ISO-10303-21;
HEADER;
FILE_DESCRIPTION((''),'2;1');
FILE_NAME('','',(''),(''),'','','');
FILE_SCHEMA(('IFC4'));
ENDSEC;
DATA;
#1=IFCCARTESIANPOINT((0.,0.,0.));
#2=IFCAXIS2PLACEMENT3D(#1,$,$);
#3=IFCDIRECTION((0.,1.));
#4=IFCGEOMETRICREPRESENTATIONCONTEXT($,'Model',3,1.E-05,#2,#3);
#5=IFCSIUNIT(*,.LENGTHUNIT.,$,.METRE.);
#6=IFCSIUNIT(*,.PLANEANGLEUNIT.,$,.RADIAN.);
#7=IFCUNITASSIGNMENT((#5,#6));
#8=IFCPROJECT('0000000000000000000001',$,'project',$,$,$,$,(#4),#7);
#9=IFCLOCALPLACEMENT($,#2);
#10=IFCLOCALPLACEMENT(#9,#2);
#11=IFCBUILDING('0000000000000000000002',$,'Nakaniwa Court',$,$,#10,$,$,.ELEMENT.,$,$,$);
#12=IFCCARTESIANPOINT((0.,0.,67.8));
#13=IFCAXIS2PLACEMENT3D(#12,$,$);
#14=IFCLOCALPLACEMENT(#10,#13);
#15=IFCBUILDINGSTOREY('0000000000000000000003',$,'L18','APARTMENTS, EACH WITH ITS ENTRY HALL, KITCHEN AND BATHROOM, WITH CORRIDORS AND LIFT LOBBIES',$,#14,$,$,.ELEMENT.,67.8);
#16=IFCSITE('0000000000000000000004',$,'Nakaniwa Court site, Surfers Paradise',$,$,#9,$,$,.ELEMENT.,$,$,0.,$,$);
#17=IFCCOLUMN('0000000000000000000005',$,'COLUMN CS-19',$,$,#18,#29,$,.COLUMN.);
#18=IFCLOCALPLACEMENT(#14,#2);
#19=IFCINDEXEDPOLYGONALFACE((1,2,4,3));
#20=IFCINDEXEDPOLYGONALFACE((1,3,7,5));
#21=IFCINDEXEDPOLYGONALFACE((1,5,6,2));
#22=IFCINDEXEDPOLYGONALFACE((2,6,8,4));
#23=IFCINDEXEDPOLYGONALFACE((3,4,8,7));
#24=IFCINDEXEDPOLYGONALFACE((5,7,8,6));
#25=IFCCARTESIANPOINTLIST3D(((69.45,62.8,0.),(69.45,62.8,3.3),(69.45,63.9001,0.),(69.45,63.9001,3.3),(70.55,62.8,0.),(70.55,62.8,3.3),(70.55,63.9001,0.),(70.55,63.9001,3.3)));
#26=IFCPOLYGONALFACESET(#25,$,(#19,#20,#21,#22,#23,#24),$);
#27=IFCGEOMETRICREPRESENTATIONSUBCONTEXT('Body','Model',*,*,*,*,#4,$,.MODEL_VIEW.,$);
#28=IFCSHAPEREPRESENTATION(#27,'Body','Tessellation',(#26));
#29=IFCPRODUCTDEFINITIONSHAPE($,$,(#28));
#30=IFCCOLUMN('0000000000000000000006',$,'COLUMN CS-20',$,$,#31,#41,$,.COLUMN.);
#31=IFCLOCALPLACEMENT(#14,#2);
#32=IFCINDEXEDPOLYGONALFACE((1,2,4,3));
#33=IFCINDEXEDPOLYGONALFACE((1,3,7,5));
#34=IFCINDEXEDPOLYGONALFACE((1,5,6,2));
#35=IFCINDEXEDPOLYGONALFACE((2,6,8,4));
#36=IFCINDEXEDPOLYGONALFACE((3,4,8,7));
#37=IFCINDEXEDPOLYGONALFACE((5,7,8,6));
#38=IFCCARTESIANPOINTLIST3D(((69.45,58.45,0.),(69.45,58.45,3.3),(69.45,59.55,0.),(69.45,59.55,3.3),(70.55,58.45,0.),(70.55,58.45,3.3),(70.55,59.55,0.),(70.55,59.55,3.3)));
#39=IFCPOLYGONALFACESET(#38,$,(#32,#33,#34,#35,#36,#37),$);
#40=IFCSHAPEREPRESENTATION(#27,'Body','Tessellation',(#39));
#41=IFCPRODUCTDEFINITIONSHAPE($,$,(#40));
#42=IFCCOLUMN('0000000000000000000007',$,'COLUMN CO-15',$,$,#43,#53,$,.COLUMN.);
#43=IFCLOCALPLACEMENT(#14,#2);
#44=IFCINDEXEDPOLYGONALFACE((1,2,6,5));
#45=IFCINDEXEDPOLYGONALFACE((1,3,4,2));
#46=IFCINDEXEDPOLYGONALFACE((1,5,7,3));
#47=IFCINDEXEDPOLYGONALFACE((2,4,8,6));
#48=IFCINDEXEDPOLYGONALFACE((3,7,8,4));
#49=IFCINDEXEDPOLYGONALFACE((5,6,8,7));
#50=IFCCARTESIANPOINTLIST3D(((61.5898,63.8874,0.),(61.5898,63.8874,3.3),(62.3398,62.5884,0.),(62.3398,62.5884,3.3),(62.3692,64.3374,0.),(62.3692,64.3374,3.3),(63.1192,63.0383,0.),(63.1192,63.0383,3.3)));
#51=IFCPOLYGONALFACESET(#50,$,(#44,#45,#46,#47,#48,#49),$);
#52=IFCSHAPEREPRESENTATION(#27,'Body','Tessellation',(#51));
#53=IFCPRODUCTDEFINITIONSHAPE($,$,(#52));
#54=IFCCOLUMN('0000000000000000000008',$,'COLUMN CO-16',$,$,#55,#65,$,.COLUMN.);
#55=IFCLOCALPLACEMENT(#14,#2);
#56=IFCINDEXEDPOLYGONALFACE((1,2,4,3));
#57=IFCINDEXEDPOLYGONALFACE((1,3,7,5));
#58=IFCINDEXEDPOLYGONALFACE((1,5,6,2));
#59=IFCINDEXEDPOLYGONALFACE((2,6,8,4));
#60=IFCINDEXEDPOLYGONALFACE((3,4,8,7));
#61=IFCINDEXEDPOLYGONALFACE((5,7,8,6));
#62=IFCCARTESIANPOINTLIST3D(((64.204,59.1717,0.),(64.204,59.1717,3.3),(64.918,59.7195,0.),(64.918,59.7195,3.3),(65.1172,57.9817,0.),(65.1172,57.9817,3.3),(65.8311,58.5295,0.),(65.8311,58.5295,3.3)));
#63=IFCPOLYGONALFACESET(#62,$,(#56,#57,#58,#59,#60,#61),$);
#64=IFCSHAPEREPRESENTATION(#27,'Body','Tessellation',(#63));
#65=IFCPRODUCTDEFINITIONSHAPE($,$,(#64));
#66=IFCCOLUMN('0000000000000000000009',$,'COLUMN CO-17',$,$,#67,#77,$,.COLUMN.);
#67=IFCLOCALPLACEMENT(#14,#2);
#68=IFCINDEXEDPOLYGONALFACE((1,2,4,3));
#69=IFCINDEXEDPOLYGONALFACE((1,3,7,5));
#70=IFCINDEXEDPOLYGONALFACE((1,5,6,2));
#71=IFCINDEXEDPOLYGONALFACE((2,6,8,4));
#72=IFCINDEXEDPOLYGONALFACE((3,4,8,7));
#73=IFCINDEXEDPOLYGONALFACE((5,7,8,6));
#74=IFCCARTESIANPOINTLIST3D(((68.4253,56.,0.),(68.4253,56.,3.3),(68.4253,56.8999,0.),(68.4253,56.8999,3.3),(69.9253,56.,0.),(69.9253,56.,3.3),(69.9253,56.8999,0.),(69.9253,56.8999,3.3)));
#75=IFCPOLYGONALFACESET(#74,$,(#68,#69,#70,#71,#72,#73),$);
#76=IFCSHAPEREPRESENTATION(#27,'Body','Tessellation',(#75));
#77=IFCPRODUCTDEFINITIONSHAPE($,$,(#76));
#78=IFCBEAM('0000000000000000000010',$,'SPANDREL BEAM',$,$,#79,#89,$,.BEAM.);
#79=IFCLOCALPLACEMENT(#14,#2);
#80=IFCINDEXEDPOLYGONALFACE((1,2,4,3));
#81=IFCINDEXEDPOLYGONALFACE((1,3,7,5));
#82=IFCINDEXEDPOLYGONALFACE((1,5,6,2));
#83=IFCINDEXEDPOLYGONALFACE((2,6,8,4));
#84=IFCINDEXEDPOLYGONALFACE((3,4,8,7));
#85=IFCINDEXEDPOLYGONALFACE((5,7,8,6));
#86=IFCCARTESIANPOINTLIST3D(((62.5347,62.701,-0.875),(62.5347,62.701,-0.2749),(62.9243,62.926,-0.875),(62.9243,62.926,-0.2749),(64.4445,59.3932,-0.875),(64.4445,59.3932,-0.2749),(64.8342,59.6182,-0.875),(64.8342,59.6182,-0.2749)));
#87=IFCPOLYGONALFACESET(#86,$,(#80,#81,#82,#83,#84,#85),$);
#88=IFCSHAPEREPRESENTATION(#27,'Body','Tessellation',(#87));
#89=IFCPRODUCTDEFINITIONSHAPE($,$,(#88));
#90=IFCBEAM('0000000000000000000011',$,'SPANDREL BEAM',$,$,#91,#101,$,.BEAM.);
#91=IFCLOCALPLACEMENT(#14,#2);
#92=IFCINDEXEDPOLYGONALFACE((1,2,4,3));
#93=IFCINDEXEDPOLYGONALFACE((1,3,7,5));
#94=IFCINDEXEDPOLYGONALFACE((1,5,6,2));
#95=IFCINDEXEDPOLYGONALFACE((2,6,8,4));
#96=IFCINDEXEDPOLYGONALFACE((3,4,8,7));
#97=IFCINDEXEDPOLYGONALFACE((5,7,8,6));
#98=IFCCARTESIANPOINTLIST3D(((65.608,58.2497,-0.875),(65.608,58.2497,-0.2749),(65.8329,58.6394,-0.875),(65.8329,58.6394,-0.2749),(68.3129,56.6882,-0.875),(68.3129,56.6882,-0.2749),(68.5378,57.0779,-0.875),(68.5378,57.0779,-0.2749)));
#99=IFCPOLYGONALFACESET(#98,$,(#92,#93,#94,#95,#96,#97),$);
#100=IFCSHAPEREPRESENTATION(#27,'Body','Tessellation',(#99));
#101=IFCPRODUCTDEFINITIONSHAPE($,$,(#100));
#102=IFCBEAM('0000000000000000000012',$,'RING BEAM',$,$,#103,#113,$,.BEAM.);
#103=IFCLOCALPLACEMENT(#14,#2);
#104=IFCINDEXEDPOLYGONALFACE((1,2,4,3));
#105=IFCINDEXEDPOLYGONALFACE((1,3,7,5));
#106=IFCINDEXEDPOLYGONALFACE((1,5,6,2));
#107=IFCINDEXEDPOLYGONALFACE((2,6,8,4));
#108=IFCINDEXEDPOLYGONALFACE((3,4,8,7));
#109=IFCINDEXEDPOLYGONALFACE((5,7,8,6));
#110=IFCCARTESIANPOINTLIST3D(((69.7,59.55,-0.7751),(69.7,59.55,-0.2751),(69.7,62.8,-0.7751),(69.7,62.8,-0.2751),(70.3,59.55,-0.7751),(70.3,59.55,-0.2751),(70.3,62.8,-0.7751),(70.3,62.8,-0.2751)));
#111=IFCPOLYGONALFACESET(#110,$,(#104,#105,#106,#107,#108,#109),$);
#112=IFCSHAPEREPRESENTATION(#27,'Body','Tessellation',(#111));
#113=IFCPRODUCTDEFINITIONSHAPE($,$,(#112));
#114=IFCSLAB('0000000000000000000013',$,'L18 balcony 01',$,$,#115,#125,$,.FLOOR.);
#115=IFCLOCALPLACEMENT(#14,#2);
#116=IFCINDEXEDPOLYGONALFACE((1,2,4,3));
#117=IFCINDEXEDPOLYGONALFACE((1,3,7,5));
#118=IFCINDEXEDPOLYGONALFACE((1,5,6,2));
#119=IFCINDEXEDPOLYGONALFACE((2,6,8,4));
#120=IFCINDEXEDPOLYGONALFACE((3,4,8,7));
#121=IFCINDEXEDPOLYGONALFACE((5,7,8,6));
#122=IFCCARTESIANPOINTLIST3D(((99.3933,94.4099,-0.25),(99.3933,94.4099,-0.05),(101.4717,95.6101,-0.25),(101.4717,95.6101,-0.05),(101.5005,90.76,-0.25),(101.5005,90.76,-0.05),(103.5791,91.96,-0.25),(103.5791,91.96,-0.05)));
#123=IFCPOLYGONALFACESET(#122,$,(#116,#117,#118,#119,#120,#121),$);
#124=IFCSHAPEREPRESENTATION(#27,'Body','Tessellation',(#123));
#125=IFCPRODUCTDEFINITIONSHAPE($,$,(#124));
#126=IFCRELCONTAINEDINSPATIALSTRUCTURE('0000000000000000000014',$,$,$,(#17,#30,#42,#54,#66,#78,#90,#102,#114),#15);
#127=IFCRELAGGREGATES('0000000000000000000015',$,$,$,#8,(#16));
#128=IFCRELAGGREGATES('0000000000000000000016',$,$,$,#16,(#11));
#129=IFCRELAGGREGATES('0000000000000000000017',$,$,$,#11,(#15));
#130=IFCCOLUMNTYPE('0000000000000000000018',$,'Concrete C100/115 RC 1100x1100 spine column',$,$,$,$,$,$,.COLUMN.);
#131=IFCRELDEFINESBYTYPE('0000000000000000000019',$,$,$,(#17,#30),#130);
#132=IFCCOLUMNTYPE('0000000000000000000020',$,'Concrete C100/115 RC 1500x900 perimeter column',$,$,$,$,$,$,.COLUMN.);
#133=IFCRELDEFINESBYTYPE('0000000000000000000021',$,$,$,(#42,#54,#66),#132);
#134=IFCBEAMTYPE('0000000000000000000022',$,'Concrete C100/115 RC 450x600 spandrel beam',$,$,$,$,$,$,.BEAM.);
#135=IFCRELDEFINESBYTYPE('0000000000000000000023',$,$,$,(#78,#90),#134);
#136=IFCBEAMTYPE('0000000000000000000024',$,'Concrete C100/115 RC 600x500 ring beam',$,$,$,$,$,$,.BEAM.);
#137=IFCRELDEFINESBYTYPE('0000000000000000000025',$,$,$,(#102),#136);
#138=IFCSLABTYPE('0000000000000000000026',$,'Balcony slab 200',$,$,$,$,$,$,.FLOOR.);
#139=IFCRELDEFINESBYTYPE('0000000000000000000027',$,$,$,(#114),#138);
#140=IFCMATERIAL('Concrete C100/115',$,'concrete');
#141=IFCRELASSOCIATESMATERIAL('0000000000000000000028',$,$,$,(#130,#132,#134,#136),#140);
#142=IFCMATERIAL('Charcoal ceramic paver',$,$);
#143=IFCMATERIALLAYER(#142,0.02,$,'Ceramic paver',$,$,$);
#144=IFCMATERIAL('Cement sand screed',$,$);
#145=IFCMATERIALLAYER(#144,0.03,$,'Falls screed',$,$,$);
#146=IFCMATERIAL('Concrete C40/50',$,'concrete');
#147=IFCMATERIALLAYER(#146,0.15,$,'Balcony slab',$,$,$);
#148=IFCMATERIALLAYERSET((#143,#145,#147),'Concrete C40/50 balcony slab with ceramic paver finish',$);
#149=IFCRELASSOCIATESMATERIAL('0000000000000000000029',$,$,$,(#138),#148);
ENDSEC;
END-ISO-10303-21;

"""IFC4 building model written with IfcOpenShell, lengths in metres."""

from ifc_helpers import new_model, si_unit, direction, frame, origin, origin_2d, place, context, subcontext, project, spatial, polyline, rectangle, outline, extrude, material, layer, layer_set, material_profile, profile_set, type_object, element, save


model = new_model("IFC4")

# Units and contexts
model_context = context("Model", 3, precision=1e-05, world=origin(), true_north=direction((0.0, 1.0)))
body_context = subcontext(model_context, "Body", "Model", "MODEL_VIEW")
ifc_project = project(units=[si_unit("LENGTHUNIT", "METRE"), si_unit("PLANEANGLEUNIT", "RADIAN")], contexts=[model_context])

# Site, building, storey
site_placement = place(None, origin())
site = spatial("IfcSite", under=ifc_project, at=site_placement, Name="Nakaniwa Court site, Surfers Paradise", CompositionType="ELEMENT", RefElevation=0.0)
building_placement = place(site_placement, origin())
building = spatial("IfcBuilding", under=site, at=building_placement, Name="Nakaniwa Court", CompositionType="ELEMENT")
storey_placement = place(building_placement, frame((0.0, 0.0, 67.8)))
storey = spatial("IfcBuildingStorey", under=building, at=storey_placement, Name="L18", Description="APARTMENTS, EACH WITH ITS ENTRY HALL, KITCHEN AND BATHROOM, WITH CORRIDORS AND LIFT LOBBIES", CompositionType="ELEMENT", Elevation=67.8)

# Columns
ifc_material_1 = material(Name="Concrete C100/115", Category="concrete")
ifc_material_profile_1 = material_profile(ifc_material_1, rectangle(XDim=1.1001, YDim=1.1001, at=origin_2d()), Name="Concrete C100/115 RC 1100x1100 spine column")
ifc_profile_set_1 = profile_set([ifc_material_profile_1], Name="Concrete C100/115")
column_type_1 = type_object("IfcColumnType", Name="Concrete C100/115 RC 1100x1100 spine column", PredefinedType="COLUMN", material=ifc_profile_set_1)
for number, where, z_axis, x_axis, name in (
    (1, (70.0, 63.3501, 0.0), (0.0, 0.0, 1.0), (0.0, -1.0, 0.0), "COLUMN CS-19"),
    (2, (70.0, 59.0, 0.0), (0.0, 0.0, 1.0), (0.0, -1.0, 0.0), "COLUMN CS-20"),
):
    element("IfcColumn", number, at=place(storey_placement, frame(where, z_axis=z_axis, x_axis=x_axis)), inside=storey, type_object=column_type_1, Name=name, PredefinedType="COLUMN", context=body_context, shape_type="SweptSolid", body=[
        extrude(rectangle(XDim=1.1001, YDim=1.1001, at=origin_2d()), origin(), (0.0, 0.0, 1.0), 3.3),
    ])
ifc_material_profile_2 = material_profile(ifc_material_1, rectangle(XDim=1.5, YDim=0.8999, at=origin_2d()), Name="Concrete C100/115 RC 1500x900 perimeter column")
ifc_profile_set_2 = profile_set([ifc_material_profile_2], Name="Concrete C100/115")
column_type_2 = type_object("IfcColumnType", Name="Concrete C100/115 RC 1500x900 perimeter column", PredefinedType="COLUMN", material=ifc_profile_set_2)
for number, where, z_axis, x_axis, name in (
    (3, (62.3545, 63.4629, 0.0), (0.0, 0.0, 1.0), (0.5, -0.866025, 0.0), "COLUMN CO-15"),
    (4, (65.0176, 58.8506, 0.0), (0.0, 0.0, 1.0), (0.608761, -0.793353, 0.0), "COLUMN CO-16"),
    (5, (69.1753, 56.45, 0.0), (0.0, 0.0, 1.0), (1.0, 0.0, 0.0), "COLUMN CO-17"),
):
    element("IfcColumn", number, at=place(storey_placement, frame(where, z_axis=z_axis, x_axis=x_axis)), inside=storey, type_object=column_type_2, Name=name, PredefinedType="COLUMN", context=body_context, shape_type="SweptSolid", body=[
        extrude(rectangle(XDim=1.5, YDim=0.8999, at=origin_2d()), origin(), (0.0, 0.0, 1.0), 3.3),
    ])

# Beams
ifc_material_profile_3 = material_profile(ifc_material_1, rectangle(XDim=0.45, YDim=0.6001, at=origin_2d()), Name="Concrete C100/115 RC 450x600 spandrel beam")
ifc_profile_set_3 = profile_set([ifc_material_profile_3], Name="Concrete C100/115")
beam_type_1 = type_object("IfcBeamType", Name="Concrete C100/115 RC 450x600 spandrel beam", PredefinedType="BEAM", material=ifc_profile_set_3)
beam_1_placement = place(storey_placement, frame((62.7295, 62.8135, -0.575), z_axis=(0.500023, -0.866012, 0.0), x_axis=(0.866012, 0.500023, 0.0)))
element("IfcBeam", 6, at=beam_1_placement, inside=storey, type_object=beam_type_1, Name="SPANDREL BEAM", PredefinedType="BEAM", context=body_context, shape_type="SweptSolid", body=[
    extrude(rectangle(XDim=0.45, YDim=0.6001, at=origin_2d()), origin(), (0.0, 0.0, 1.0), 3.8196),
])
beam_2_placement = place(storey_placement, frame((65.7205, 58.4446, -0.575), z_axis=(0.866041, -0.499973, 0.0), x_axis=(0.499973, 0.866041, 0.0)))
element("IfcBeam", 7, at=beam_2_placement, inside=storey, type_object=beam_type_1, Name="SPANDREL BEAM", PredefinedType="BEAM", context=body_context, shape_type="SweptSolid", body=[
    extrude(rectangle(XDim=0.45, YDim=0.6001, at=origin_2d()), origin(), (0.0, 0.0, 1.0), 3.1233),
])
ifc_material_profile_4 = material_profile(ifc_material_1, rectangle(XDim=0.6001, YDim=0.5, at=origin_2d()), Name="Concrete C100/115 RC 600x500 ring beam")
ifc_profile_set_4 = profile_set([ifc_material_profile_4], Name="Concrete C100/115")
beam_type_2 = type_object("IfcBeamType", Name="Concrete C100/115 RC 600x500 ring beam", PredefinedType="BEAM", material=ifc_profile_set_4)
beam_3_placement = place(storey_placement, frame((70.0, 62.8, -0.5251), z_axis=(0.0, -1.0, 0.0), x_axis=(1.0, 0.0, 0.0)))
element("IfcBeam", 8, at=beam_3_placement, inside=storey, type_object=beam_type_2, Name="RING BEAM", PredefinedType="BEAM", context=body_context, shape_type="SweptSolid", body=[
    extrude(rectangle(XDim=0.6001, YDim=0.5, at=origin_2d()), origin(), (0.0, 0.0, 1.0), 3.25),
])

# Slab
ifc_material_2 = material(Name="Charcoal ceramic paver")
ifc_layer_1 = layer(ifc_material_2, 0.02, Name="Ceramic paver")
ifc_material_3 = material(Name="Cement sand screed")
ifc_layer_2 = layer(ifc_material_3, 0.03, Name="Falls screed")
ifc_material_4 = material(Name="Concrete C40/50", Category="concrete")
ifc_layer_3 = layer(ifc_material_4, 0.15, Name="Balcony slab")
ifc_layer_set_1 = layer_set([ifc_layer_1, ifc_layer_2, ifc_layer_3], Name="Concrete C40/50 balcony slab with ceramic paver finish")
slab_type_1 = type_object("IfcSlabType", Name="Balcony slab 200", PredefinedType="FLOOR", material=ifc_layer_set_1)
slab_1_placement = place(storey_placement, frame((0.0, 0.0, -0.25)))
element("IfcSlab", 9, at=slab_1_placement, inside=storey, type_object=slab_type_1, Name="L18 balcony 01", PredefinedType="FLOOR", context=body_context, shape_type="SweptSolid", body=[
    extrude(outline(polyline([(101.5005, 90.76), (99.3933, 94.4099), (101.4717, 95.6101), (103.5791, 91.96), (101.5005, 90.76)])), origin(), (0.0, 0.0, 1.0), 0.2),
])

save(model, "model.ifc")
